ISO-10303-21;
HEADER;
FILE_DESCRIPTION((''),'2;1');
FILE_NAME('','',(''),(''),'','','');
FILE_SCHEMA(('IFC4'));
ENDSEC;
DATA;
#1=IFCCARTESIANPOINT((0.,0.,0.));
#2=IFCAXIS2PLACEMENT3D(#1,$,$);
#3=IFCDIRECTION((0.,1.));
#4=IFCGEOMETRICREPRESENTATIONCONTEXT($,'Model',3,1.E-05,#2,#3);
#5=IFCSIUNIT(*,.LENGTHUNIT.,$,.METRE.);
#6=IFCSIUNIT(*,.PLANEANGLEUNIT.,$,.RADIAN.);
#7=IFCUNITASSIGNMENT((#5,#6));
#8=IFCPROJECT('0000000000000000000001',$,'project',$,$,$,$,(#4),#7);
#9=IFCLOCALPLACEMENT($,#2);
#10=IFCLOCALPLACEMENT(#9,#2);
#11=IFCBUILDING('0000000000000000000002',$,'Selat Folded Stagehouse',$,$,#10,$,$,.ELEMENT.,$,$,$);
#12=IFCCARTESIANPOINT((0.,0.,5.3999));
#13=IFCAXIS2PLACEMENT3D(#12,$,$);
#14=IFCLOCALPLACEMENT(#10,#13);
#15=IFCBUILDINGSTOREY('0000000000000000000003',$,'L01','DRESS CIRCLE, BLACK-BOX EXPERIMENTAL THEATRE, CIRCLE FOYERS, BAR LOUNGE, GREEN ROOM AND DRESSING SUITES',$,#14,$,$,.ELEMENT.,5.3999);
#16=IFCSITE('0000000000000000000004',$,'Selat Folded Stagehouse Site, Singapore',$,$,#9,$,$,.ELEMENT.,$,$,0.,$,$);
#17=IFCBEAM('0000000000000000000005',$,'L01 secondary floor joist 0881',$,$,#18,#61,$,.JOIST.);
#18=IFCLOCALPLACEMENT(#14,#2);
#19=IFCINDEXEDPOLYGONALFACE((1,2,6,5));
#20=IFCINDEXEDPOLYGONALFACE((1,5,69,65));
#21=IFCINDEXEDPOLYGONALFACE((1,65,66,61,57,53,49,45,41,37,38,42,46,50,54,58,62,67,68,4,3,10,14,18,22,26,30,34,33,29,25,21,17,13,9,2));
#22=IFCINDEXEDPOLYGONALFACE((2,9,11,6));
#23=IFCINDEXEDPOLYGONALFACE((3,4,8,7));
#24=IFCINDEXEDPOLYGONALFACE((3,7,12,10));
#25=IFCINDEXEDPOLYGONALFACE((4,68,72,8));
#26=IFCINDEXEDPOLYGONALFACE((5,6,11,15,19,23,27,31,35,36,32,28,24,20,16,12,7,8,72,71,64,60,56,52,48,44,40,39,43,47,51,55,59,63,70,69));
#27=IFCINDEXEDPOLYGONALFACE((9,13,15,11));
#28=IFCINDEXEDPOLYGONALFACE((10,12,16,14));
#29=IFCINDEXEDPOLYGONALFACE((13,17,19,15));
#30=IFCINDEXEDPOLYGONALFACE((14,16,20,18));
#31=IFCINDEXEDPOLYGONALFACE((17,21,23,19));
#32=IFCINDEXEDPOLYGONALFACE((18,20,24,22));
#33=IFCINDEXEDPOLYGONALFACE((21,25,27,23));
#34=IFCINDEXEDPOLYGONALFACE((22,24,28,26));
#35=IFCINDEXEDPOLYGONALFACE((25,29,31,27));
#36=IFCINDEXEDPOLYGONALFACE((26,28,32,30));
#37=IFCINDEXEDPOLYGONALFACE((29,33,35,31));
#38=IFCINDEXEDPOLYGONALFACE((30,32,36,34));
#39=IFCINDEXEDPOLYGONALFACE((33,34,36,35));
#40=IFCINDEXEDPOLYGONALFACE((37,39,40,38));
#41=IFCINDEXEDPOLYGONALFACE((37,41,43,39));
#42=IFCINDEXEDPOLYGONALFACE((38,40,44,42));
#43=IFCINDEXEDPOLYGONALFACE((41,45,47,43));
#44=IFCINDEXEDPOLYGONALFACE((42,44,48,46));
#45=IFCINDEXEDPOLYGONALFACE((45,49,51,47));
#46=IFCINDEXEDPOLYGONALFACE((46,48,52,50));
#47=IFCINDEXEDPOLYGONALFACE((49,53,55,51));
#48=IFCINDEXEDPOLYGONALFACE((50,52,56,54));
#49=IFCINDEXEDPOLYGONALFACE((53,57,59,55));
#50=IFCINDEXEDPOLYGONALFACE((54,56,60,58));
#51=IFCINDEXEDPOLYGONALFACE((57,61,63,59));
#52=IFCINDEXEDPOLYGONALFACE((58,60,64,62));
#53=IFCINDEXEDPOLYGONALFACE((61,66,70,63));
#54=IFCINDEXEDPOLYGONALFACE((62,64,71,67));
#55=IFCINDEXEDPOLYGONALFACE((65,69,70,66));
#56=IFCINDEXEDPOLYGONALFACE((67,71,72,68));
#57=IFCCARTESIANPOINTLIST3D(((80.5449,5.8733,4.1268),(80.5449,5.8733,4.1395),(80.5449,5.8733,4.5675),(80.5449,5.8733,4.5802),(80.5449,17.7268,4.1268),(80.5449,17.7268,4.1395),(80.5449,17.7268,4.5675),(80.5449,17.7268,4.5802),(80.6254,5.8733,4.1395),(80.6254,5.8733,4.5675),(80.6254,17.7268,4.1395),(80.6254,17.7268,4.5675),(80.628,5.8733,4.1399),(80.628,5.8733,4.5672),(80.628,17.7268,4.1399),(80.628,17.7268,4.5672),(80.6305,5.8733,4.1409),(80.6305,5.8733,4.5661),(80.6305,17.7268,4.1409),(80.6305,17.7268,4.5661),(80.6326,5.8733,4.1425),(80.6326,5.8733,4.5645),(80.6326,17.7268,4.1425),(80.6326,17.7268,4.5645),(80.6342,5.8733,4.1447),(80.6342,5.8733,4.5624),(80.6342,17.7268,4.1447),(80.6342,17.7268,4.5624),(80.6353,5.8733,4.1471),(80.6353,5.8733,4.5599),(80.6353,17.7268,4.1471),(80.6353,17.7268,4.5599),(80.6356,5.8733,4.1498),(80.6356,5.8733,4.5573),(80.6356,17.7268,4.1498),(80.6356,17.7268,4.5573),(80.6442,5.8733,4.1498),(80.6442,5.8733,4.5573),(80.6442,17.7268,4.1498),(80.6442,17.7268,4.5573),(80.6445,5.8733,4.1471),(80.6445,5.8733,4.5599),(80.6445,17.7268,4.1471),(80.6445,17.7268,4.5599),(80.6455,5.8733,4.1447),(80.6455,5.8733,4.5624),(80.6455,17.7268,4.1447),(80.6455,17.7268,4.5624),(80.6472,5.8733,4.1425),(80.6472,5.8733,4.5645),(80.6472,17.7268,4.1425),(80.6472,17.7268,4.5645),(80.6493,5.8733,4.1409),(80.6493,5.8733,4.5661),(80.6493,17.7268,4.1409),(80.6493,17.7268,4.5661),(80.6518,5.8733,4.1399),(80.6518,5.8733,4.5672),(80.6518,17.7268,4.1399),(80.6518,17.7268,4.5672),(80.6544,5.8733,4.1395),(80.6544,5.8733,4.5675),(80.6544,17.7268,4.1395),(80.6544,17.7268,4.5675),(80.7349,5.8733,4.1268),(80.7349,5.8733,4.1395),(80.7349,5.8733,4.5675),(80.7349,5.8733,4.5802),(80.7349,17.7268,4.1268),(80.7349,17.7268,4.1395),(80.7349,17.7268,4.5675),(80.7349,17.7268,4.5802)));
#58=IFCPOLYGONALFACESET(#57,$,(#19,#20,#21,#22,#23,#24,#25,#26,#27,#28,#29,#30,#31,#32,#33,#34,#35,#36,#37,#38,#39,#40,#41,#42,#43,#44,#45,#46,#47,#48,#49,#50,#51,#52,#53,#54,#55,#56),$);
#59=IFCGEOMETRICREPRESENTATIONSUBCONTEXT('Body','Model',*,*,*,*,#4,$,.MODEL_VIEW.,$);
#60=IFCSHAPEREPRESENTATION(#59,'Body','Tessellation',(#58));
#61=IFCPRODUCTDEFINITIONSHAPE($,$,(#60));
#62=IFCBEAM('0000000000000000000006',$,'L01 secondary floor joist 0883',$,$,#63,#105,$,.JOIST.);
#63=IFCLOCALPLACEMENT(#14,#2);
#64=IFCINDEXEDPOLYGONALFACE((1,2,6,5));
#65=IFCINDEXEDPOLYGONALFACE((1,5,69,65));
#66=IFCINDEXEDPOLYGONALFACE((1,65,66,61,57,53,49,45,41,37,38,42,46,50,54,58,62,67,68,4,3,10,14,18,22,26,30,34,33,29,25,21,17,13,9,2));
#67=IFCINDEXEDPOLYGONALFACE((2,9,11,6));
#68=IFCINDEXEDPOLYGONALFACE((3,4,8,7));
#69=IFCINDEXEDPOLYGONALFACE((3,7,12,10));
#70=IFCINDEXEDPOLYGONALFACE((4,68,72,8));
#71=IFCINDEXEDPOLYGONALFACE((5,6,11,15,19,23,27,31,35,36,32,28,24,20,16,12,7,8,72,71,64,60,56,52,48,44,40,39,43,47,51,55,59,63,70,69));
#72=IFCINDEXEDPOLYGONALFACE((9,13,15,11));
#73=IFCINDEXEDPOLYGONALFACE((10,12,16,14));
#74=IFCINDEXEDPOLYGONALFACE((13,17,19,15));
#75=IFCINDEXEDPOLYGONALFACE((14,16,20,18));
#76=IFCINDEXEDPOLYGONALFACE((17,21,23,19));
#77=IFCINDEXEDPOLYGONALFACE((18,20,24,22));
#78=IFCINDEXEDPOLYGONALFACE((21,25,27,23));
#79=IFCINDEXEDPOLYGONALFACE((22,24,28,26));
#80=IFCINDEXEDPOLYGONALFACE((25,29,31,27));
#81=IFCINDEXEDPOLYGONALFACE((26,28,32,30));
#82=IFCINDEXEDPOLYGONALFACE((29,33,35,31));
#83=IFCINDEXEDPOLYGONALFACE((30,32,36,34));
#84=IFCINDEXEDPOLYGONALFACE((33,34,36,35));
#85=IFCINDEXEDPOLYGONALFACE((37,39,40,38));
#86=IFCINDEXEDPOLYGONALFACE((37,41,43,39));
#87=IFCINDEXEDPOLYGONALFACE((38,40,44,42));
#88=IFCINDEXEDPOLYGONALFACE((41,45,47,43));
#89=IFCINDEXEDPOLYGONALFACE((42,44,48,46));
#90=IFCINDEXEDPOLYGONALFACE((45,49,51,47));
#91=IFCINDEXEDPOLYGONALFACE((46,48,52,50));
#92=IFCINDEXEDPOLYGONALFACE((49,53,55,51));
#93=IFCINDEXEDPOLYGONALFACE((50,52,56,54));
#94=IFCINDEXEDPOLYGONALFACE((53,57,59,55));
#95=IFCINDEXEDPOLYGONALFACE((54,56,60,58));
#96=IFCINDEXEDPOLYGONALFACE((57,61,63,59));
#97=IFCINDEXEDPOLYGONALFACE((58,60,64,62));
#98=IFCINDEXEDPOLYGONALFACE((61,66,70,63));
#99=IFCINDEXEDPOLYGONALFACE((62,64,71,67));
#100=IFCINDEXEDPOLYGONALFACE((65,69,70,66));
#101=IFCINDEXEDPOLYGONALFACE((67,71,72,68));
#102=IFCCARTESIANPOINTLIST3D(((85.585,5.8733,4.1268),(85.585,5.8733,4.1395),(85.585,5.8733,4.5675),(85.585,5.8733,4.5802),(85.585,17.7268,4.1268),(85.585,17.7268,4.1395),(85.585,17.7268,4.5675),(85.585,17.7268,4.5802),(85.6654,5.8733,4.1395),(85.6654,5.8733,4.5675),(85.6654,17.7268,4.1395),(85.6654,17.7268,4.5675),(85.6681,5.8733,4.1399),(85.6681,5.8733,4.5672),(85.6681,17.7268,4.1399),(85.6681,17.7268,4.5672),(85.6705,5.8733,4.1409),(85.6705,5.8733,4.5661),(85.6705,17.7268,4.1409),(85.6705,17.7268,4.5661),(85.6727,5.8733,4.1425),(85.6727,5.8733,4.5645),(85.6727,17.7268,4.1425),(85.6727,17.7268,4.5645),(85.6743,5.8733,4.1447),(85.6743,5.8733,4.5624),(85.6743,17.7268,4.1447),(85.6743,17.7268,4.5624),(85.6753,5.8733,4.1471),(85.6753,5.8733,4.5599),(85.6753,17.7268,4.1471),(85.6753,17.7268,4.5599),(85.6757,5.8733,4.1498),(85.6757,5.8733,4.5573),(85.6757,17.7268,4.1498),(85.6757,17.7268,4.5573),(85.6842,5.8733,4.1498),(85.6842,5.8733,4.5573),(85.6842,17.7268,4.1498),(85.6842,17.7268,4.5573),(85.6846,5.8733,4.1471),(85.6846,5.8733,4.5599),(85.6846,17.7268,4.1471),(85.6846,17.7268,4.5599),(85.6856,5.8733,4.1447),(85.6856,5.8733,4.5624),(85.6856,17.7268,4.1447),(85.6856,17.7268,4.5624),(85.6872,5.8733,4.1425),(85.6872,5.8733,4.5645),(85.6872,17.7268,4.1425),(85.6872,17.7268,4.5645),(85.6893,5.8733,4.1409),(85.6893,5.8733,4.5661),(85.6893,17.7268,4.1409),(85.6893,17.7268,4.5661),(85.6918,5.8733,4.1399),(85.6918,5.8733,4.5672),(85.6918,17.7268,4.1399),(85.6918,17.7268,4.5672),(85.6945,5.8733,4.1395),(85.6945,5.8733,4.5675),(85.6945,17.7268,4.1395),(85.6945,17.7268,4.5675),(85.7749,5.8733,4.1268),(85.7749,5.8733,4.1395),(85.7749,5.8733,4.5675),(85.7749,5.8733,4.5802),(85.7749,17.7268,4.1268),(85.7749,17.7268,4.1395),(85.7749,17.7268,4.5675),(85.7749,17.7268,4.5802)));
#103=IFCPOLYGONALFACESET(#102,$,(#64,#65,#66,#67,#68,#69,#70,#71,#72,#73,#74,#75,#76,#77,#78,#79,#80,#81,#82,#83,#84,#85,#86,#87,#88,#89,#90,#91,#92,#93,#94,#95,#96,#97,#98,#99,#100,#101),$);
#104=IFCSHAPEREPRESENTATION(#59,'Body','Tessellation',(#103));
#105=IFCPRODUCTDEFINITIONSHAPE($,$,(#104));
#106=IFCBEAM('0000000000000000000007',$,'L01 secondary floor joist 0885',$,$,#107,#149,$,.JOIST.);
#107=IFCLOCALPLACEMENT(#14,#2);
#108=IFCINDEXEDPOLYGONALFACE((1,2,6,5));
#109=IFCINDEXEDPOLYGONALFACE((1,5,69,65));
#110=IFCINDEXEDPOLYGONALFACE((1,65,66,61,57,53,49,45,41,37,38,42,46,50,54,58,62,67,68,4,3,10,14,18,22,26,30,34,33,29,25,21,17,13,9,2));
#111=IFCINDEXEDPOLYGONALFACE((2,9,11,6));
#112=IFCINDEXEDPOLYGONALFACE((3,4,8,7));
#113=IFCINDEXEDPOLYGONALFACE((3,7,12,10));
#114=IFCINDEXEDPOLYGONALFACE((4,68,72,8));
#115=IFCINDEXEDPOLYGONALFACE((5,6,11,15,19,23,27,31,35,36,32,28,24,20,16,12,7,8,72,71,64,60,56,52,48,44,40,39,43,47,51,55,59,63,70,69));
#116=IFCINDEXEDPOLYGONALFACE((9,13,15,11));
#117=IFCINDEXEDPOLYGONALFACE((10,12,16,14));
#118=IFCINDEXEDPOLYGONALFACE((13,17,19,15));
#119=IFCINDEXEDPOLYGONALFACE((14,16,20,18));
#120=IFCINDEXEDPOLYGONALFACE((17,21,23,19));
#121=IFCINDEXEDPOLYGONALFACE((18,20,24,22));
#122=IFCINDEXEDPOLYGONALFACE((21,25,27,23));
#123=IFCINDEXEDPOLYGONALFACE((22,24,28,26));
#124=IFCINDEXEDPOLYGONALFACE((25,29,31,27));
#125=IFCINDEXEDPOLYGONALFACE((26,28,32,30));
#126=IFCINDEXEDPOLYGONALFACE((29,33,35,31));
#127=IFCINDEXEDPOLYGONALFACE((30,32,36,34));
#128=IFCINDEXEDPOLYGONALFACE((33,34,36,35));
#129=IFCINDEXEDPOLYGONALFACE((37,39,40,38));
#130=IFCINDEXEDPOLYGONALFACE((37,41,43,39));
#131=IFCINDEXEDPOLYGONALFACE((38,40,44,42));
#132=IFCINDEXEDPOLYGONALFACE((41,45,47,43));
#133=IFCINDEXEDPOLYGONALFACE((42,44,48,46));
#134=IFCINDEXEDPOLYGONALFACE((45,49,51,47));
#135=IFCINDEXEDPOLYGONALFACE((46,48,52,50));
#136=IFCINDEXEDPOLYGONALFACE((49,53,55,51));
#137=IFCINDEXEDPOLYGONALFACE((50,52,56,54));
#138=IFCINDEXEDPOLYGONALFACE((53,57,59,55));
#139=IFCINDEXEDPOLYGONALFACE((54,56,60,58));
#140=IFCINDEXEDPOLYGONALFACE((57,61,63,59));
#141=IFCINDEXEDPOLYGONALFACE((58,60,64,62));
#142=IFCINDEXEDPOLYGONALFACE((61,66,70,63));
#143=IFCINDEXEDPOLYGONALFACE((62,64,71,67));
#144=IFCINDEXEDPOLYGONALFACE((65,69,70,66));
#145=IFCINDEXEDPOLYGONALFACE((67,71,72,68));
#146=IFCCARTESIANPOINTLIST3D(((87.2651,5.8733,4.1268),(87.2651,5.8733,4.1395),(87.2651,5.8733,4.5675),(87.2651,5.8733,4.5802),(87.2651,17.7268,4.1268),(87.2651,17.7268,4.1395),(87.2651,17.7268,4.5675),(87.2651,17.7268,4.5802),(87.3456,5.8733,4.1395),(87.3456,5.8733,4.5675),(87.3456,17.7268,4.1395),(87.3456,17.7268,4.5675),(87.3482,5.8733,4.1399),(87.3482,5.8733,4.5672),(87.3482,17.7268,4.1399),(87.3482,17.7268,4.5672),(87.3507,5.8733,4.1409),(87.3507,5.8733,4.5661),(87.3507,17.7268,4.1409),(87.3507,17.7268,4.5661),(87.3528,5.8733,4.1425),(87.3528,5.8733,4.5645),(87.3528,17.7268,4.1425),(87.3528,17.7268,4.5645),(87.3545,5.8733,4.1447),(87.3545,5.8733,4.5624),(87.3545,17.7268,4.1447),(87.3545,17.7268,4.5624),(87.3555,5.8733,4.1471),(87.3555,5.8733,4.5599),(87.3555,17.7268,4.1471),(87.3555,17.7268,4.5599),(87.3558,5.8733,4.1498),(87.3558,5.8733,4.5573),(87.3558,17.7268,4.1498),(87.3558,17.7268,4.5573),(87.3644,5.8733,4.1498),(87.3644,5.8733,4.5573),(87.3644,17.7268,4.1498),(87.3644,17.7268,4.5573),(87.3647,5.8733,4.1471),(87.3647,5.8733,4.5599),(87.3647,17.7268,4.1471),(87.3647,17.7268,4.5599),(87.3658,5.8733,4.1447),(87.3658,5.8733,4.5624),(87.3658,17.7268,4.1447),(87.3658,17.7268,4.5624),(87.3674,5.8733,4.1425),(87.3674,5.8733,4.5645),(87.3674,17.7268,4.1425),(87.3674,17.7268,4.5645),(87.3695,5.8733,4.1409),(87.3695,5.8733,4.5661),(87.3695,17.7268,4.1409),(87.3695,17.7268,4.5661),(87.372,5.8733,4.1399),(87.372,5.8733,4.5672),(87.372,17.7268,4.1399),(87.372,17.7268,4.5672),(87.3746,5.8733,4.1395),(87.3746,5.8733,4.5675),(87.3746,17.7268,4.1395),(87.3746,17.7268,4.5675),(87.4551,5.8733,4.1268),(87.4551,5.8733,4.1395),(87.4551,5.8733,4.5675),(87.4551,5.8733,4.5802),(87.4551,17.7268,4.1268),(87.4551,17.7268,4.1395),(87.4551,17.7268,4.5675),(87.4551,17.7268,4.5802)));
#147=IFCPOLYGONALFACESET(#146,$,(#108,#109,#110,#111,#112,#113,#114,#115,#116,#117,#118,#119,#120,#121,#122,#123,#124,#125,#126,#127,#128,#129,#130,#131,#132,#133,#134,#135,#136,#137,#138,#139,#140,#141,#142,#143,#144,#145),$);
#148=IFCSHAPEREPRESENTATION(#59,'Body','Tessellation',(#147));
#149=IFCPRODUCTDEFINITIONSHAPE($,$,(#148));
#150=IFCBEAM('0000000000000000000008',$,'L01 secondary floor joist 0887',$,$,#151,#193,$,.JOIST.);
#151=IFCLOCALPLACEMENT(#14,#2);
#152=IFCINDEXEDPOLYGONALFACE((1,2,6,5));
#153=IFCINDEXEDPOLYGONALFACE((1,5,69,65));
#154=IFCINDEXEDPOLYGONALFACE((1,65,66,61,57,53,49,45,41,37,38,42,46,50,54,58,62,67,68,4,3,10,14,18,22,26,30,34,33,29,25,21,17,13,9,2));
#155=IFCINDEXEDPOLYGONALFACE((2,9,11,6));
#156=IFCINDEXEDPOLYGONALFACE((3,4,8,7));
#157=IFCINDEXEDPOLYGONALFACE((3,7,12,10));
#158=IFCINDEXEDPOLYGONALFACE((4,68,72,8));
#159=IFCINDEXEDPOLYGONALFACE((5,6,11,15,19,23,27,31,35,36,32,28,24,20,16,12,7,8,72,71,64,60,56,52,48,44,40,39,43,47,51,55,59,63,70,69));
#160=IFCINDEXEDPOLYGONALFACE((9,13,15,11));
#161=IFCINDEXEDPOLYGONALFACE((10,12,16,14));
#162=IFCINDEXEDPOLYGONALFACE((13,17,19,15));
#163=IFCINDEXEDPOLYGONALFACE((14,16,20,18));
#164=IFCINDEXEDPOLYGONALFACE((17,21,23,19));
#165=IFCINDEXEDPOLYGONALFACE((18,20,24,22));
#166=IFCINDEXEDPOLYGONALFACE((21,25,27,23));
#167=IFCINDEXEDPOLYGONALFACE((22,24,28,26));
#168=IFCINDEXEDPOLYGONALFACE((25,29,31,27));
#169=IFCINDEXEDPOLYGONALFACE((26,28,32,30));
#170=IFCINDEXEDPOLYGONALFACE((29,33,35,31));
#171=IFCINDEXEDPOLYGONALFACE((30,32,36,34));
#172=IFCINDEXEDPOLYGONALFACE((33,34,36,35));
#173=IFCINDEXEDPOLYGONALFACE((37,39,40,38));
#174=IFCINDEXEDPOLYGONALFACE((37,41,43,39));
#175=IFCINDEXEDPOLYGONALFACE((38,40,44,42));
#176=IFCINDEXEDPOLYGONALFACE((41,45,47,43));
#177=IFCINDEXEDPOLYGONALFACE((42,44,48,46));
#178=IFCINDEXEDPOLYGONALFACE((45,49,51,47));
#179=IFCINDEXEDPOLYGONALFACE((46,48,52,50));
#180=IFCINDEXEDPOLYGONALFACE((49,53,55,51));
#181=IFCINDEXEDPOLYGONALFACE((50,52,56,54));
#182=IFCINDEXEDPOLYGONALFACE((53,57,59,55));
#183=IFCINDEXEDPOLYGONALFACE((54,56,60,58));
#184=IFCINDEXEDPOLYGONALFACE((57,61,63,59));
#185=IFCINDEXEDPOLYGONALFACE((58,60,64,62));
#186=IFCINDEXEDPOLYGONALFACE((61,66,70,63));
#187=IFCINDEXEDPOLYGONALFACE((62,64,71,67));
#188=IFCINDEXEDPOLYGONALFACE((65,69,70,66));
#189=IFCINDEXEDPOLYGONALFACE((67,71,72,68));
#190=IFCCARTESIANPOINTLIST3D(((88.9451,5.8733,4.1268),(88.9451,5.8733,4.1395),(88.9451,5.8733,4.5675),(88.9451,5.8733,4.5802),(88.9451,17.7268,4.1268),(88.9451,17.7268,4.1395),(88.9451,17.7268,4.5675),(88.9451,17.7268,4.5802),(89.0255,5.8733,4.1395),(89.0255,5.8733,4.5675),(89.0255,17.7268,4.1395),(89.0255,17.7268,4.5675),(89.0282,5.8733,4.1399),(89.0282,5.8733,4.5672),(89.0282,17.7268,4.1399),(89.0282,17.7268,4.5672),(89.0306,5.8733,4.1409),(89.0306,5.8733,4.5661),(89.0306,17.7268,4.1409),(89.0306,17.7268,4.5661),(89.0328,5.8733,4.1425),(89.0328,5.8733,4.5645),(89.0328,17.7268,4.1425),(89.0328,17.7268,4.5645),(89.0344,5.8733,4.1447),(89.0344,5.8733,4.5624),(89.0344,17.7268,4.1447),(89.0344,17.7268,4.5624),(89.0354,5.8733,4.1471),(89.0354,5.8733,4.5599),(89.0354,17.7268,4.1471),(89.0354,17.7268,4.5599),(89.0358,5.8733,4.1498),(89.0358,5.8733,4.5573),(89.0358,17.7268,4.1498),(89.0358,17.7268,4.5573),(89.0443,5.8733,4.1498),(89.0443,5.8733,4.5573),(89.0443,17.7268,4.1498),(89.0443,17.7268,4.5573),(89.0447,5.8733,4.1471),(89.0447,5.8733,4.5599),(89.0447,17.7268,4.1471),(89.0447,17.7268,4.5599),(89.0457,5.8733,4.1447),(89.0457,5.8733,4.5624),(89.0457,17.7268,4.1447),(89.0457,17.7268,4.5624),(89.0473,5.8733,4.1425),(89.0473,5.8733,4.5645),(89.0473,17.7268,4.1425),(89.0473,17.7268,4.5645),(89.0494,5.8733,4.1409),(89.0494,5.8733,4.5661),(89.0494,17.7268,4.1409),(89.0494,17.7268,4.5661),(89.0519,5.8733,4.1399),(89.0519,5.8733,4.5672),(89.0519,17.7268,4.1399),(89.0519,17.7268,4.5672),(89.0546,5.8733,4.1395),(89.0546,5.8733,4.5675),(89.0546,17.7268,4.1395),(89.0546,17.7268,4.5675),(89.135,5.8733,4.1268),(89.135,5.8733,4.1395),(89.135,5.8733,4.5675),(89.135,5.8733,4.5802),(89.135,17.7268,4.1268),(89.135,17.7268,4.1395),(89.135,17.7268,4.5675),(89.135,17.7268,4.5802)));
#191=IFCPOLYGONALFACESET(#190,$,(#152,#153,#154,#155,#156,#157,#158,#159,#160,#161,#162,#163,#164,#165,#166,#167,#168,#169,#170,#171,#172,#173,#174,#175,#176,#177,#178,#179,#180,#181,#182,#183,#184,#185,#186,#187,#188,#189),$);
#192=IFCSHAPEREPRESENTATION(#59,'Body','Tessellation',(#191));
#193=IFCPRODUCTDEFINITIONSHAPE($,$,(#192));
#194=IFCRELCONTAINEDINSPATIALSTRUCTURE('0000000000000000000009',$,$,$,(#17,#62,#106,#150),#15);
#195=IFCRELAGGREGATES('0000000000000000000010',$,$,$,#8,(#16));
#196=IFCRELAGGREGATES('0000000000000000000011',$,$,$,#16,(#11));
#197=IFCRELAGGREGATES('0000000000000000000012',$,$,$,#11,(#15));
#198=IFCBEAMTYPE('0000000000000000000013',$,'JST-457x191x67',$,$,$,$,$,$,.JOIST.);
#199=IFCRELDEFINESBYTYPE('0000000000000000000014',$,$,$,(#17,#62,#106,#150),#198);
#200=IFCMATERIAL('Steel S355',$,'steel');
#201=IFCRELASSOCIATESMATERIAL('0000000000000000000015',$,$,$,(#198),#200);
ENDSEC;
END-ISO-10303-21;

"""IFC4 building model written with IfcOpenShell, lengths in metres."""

from ifc_helpers import new_model, si_unit, direction, frame, origin, origin_2d, place, context, subcontext, project, spatial, i_section, extrude, material, material_profile, profile_set, type_object, element, save


model = new_model("IFC4")

# Units and contexts
model_context = context("Model", 3, precision=1e-05, world=origin(), true_north=direction((0.0, 1.0)))
body_context = subcontext(model_context, "Body", "Model", "MODEL_VIEW")
ifc_project = project(units=[si_unit("LENGTHUNIT", "METRE"), si_unit("PLANEANGLEUNIT", "RADIAN")], contexts=[model_context])

# Site, building, storey
site_placement = place(None, origin())
site = spatial("IfcSite", under=ifc_project, at=site_placement, Name="Selat Folded Stagehouse Site, Singapore", CompositionType="ELEMENT", RefElevation=0.0)
building_placement = place(site_placement, origin())
building = spatial("IfcBuilding", under=site, at=building_placement, Name="Selat Folded Stagehouse", CompositionType="ELEMENT")
storey_placement = place(building_placement, frame((0.0, 0.0, 5.3999)))
storey = spatial("IfcBuildingStorey", under=building, at=storey_placement, Name="L01", Description="DRESS CIRCLE, BLACK-BOX EXPERIMENTAL THEATRE, CIRCLE FOYERS, BAR LOUNGE, GREEN ROOM AND DRESSING SUITES", CompositionType="ELEMENT", Elevation=5.3999)

# Shared definitions
ifc_material_1 = material(Name="Steel S355", Category="steel")

# Beams
ifc_material_profile_1 = material_profile(ifc_material_1, i_section(OverallWidth=0.1899, OverallDepth=0.4534, WebThickness=0.0085, FlangeThickness=0.0127, FilletRadius=0.0103, at=origin_2d()), Name="UKB 457x191x67")
ifc_profile_set_1 = profile_set([ifc_material_profile_1], Name="Steel S355")
beam_type_1 = type_object("IfcBeamType", Name="JST-457x191x67", PredefinedType="JOIST", material=ifc_profile_set_1)
for number, where, z_axis, x_axis, name in (
    (1, (80.6399, 5.8733, 4.3535), (0.0, 1.0, 0.0), (-1.0, 0.0, 0.0), "L01 secondary floor joist 0881"),
    (2, (85.6799, 5.8733, 4.3535), (0.0, 1.0, 0.0), (-1.0, 0.0, 0.0), "L01 secondary floor joist 0883"),
    (3, (87.3601, 5.8733, 4.3535), (0.0, 1.0, 0.0), (-1.0, 0.0, 0.0), "L01 secondary floor joist 0885"),
    (4, (89.04, 5.8733, 4.3535), (0.0, 1.0, 0.0), (-1.0, 0.0, 0.0), "L01 secondary floor joist 0887"),
):
    element("IfcBeam", number, at=place(storey_placement, frame(where, z_axis=z_axis, x_axis=x_axis)), inside=storey, type_object=beam_type_1, Name=name, PredefinedType="JOIST", context=body_context, shape_type="SweptSolid", body=[
        extrude(i_section(OverallWidth=0.1899, OverallDepth=0.4534, WebThickness=0.0085, FlangeThickness=0.0127, FilletRadius=0.0103, at=origin_2d()), origin(), (0.0, 0.0, 1.0), 11.8535),
    ])

save(model, "model.ifc")
